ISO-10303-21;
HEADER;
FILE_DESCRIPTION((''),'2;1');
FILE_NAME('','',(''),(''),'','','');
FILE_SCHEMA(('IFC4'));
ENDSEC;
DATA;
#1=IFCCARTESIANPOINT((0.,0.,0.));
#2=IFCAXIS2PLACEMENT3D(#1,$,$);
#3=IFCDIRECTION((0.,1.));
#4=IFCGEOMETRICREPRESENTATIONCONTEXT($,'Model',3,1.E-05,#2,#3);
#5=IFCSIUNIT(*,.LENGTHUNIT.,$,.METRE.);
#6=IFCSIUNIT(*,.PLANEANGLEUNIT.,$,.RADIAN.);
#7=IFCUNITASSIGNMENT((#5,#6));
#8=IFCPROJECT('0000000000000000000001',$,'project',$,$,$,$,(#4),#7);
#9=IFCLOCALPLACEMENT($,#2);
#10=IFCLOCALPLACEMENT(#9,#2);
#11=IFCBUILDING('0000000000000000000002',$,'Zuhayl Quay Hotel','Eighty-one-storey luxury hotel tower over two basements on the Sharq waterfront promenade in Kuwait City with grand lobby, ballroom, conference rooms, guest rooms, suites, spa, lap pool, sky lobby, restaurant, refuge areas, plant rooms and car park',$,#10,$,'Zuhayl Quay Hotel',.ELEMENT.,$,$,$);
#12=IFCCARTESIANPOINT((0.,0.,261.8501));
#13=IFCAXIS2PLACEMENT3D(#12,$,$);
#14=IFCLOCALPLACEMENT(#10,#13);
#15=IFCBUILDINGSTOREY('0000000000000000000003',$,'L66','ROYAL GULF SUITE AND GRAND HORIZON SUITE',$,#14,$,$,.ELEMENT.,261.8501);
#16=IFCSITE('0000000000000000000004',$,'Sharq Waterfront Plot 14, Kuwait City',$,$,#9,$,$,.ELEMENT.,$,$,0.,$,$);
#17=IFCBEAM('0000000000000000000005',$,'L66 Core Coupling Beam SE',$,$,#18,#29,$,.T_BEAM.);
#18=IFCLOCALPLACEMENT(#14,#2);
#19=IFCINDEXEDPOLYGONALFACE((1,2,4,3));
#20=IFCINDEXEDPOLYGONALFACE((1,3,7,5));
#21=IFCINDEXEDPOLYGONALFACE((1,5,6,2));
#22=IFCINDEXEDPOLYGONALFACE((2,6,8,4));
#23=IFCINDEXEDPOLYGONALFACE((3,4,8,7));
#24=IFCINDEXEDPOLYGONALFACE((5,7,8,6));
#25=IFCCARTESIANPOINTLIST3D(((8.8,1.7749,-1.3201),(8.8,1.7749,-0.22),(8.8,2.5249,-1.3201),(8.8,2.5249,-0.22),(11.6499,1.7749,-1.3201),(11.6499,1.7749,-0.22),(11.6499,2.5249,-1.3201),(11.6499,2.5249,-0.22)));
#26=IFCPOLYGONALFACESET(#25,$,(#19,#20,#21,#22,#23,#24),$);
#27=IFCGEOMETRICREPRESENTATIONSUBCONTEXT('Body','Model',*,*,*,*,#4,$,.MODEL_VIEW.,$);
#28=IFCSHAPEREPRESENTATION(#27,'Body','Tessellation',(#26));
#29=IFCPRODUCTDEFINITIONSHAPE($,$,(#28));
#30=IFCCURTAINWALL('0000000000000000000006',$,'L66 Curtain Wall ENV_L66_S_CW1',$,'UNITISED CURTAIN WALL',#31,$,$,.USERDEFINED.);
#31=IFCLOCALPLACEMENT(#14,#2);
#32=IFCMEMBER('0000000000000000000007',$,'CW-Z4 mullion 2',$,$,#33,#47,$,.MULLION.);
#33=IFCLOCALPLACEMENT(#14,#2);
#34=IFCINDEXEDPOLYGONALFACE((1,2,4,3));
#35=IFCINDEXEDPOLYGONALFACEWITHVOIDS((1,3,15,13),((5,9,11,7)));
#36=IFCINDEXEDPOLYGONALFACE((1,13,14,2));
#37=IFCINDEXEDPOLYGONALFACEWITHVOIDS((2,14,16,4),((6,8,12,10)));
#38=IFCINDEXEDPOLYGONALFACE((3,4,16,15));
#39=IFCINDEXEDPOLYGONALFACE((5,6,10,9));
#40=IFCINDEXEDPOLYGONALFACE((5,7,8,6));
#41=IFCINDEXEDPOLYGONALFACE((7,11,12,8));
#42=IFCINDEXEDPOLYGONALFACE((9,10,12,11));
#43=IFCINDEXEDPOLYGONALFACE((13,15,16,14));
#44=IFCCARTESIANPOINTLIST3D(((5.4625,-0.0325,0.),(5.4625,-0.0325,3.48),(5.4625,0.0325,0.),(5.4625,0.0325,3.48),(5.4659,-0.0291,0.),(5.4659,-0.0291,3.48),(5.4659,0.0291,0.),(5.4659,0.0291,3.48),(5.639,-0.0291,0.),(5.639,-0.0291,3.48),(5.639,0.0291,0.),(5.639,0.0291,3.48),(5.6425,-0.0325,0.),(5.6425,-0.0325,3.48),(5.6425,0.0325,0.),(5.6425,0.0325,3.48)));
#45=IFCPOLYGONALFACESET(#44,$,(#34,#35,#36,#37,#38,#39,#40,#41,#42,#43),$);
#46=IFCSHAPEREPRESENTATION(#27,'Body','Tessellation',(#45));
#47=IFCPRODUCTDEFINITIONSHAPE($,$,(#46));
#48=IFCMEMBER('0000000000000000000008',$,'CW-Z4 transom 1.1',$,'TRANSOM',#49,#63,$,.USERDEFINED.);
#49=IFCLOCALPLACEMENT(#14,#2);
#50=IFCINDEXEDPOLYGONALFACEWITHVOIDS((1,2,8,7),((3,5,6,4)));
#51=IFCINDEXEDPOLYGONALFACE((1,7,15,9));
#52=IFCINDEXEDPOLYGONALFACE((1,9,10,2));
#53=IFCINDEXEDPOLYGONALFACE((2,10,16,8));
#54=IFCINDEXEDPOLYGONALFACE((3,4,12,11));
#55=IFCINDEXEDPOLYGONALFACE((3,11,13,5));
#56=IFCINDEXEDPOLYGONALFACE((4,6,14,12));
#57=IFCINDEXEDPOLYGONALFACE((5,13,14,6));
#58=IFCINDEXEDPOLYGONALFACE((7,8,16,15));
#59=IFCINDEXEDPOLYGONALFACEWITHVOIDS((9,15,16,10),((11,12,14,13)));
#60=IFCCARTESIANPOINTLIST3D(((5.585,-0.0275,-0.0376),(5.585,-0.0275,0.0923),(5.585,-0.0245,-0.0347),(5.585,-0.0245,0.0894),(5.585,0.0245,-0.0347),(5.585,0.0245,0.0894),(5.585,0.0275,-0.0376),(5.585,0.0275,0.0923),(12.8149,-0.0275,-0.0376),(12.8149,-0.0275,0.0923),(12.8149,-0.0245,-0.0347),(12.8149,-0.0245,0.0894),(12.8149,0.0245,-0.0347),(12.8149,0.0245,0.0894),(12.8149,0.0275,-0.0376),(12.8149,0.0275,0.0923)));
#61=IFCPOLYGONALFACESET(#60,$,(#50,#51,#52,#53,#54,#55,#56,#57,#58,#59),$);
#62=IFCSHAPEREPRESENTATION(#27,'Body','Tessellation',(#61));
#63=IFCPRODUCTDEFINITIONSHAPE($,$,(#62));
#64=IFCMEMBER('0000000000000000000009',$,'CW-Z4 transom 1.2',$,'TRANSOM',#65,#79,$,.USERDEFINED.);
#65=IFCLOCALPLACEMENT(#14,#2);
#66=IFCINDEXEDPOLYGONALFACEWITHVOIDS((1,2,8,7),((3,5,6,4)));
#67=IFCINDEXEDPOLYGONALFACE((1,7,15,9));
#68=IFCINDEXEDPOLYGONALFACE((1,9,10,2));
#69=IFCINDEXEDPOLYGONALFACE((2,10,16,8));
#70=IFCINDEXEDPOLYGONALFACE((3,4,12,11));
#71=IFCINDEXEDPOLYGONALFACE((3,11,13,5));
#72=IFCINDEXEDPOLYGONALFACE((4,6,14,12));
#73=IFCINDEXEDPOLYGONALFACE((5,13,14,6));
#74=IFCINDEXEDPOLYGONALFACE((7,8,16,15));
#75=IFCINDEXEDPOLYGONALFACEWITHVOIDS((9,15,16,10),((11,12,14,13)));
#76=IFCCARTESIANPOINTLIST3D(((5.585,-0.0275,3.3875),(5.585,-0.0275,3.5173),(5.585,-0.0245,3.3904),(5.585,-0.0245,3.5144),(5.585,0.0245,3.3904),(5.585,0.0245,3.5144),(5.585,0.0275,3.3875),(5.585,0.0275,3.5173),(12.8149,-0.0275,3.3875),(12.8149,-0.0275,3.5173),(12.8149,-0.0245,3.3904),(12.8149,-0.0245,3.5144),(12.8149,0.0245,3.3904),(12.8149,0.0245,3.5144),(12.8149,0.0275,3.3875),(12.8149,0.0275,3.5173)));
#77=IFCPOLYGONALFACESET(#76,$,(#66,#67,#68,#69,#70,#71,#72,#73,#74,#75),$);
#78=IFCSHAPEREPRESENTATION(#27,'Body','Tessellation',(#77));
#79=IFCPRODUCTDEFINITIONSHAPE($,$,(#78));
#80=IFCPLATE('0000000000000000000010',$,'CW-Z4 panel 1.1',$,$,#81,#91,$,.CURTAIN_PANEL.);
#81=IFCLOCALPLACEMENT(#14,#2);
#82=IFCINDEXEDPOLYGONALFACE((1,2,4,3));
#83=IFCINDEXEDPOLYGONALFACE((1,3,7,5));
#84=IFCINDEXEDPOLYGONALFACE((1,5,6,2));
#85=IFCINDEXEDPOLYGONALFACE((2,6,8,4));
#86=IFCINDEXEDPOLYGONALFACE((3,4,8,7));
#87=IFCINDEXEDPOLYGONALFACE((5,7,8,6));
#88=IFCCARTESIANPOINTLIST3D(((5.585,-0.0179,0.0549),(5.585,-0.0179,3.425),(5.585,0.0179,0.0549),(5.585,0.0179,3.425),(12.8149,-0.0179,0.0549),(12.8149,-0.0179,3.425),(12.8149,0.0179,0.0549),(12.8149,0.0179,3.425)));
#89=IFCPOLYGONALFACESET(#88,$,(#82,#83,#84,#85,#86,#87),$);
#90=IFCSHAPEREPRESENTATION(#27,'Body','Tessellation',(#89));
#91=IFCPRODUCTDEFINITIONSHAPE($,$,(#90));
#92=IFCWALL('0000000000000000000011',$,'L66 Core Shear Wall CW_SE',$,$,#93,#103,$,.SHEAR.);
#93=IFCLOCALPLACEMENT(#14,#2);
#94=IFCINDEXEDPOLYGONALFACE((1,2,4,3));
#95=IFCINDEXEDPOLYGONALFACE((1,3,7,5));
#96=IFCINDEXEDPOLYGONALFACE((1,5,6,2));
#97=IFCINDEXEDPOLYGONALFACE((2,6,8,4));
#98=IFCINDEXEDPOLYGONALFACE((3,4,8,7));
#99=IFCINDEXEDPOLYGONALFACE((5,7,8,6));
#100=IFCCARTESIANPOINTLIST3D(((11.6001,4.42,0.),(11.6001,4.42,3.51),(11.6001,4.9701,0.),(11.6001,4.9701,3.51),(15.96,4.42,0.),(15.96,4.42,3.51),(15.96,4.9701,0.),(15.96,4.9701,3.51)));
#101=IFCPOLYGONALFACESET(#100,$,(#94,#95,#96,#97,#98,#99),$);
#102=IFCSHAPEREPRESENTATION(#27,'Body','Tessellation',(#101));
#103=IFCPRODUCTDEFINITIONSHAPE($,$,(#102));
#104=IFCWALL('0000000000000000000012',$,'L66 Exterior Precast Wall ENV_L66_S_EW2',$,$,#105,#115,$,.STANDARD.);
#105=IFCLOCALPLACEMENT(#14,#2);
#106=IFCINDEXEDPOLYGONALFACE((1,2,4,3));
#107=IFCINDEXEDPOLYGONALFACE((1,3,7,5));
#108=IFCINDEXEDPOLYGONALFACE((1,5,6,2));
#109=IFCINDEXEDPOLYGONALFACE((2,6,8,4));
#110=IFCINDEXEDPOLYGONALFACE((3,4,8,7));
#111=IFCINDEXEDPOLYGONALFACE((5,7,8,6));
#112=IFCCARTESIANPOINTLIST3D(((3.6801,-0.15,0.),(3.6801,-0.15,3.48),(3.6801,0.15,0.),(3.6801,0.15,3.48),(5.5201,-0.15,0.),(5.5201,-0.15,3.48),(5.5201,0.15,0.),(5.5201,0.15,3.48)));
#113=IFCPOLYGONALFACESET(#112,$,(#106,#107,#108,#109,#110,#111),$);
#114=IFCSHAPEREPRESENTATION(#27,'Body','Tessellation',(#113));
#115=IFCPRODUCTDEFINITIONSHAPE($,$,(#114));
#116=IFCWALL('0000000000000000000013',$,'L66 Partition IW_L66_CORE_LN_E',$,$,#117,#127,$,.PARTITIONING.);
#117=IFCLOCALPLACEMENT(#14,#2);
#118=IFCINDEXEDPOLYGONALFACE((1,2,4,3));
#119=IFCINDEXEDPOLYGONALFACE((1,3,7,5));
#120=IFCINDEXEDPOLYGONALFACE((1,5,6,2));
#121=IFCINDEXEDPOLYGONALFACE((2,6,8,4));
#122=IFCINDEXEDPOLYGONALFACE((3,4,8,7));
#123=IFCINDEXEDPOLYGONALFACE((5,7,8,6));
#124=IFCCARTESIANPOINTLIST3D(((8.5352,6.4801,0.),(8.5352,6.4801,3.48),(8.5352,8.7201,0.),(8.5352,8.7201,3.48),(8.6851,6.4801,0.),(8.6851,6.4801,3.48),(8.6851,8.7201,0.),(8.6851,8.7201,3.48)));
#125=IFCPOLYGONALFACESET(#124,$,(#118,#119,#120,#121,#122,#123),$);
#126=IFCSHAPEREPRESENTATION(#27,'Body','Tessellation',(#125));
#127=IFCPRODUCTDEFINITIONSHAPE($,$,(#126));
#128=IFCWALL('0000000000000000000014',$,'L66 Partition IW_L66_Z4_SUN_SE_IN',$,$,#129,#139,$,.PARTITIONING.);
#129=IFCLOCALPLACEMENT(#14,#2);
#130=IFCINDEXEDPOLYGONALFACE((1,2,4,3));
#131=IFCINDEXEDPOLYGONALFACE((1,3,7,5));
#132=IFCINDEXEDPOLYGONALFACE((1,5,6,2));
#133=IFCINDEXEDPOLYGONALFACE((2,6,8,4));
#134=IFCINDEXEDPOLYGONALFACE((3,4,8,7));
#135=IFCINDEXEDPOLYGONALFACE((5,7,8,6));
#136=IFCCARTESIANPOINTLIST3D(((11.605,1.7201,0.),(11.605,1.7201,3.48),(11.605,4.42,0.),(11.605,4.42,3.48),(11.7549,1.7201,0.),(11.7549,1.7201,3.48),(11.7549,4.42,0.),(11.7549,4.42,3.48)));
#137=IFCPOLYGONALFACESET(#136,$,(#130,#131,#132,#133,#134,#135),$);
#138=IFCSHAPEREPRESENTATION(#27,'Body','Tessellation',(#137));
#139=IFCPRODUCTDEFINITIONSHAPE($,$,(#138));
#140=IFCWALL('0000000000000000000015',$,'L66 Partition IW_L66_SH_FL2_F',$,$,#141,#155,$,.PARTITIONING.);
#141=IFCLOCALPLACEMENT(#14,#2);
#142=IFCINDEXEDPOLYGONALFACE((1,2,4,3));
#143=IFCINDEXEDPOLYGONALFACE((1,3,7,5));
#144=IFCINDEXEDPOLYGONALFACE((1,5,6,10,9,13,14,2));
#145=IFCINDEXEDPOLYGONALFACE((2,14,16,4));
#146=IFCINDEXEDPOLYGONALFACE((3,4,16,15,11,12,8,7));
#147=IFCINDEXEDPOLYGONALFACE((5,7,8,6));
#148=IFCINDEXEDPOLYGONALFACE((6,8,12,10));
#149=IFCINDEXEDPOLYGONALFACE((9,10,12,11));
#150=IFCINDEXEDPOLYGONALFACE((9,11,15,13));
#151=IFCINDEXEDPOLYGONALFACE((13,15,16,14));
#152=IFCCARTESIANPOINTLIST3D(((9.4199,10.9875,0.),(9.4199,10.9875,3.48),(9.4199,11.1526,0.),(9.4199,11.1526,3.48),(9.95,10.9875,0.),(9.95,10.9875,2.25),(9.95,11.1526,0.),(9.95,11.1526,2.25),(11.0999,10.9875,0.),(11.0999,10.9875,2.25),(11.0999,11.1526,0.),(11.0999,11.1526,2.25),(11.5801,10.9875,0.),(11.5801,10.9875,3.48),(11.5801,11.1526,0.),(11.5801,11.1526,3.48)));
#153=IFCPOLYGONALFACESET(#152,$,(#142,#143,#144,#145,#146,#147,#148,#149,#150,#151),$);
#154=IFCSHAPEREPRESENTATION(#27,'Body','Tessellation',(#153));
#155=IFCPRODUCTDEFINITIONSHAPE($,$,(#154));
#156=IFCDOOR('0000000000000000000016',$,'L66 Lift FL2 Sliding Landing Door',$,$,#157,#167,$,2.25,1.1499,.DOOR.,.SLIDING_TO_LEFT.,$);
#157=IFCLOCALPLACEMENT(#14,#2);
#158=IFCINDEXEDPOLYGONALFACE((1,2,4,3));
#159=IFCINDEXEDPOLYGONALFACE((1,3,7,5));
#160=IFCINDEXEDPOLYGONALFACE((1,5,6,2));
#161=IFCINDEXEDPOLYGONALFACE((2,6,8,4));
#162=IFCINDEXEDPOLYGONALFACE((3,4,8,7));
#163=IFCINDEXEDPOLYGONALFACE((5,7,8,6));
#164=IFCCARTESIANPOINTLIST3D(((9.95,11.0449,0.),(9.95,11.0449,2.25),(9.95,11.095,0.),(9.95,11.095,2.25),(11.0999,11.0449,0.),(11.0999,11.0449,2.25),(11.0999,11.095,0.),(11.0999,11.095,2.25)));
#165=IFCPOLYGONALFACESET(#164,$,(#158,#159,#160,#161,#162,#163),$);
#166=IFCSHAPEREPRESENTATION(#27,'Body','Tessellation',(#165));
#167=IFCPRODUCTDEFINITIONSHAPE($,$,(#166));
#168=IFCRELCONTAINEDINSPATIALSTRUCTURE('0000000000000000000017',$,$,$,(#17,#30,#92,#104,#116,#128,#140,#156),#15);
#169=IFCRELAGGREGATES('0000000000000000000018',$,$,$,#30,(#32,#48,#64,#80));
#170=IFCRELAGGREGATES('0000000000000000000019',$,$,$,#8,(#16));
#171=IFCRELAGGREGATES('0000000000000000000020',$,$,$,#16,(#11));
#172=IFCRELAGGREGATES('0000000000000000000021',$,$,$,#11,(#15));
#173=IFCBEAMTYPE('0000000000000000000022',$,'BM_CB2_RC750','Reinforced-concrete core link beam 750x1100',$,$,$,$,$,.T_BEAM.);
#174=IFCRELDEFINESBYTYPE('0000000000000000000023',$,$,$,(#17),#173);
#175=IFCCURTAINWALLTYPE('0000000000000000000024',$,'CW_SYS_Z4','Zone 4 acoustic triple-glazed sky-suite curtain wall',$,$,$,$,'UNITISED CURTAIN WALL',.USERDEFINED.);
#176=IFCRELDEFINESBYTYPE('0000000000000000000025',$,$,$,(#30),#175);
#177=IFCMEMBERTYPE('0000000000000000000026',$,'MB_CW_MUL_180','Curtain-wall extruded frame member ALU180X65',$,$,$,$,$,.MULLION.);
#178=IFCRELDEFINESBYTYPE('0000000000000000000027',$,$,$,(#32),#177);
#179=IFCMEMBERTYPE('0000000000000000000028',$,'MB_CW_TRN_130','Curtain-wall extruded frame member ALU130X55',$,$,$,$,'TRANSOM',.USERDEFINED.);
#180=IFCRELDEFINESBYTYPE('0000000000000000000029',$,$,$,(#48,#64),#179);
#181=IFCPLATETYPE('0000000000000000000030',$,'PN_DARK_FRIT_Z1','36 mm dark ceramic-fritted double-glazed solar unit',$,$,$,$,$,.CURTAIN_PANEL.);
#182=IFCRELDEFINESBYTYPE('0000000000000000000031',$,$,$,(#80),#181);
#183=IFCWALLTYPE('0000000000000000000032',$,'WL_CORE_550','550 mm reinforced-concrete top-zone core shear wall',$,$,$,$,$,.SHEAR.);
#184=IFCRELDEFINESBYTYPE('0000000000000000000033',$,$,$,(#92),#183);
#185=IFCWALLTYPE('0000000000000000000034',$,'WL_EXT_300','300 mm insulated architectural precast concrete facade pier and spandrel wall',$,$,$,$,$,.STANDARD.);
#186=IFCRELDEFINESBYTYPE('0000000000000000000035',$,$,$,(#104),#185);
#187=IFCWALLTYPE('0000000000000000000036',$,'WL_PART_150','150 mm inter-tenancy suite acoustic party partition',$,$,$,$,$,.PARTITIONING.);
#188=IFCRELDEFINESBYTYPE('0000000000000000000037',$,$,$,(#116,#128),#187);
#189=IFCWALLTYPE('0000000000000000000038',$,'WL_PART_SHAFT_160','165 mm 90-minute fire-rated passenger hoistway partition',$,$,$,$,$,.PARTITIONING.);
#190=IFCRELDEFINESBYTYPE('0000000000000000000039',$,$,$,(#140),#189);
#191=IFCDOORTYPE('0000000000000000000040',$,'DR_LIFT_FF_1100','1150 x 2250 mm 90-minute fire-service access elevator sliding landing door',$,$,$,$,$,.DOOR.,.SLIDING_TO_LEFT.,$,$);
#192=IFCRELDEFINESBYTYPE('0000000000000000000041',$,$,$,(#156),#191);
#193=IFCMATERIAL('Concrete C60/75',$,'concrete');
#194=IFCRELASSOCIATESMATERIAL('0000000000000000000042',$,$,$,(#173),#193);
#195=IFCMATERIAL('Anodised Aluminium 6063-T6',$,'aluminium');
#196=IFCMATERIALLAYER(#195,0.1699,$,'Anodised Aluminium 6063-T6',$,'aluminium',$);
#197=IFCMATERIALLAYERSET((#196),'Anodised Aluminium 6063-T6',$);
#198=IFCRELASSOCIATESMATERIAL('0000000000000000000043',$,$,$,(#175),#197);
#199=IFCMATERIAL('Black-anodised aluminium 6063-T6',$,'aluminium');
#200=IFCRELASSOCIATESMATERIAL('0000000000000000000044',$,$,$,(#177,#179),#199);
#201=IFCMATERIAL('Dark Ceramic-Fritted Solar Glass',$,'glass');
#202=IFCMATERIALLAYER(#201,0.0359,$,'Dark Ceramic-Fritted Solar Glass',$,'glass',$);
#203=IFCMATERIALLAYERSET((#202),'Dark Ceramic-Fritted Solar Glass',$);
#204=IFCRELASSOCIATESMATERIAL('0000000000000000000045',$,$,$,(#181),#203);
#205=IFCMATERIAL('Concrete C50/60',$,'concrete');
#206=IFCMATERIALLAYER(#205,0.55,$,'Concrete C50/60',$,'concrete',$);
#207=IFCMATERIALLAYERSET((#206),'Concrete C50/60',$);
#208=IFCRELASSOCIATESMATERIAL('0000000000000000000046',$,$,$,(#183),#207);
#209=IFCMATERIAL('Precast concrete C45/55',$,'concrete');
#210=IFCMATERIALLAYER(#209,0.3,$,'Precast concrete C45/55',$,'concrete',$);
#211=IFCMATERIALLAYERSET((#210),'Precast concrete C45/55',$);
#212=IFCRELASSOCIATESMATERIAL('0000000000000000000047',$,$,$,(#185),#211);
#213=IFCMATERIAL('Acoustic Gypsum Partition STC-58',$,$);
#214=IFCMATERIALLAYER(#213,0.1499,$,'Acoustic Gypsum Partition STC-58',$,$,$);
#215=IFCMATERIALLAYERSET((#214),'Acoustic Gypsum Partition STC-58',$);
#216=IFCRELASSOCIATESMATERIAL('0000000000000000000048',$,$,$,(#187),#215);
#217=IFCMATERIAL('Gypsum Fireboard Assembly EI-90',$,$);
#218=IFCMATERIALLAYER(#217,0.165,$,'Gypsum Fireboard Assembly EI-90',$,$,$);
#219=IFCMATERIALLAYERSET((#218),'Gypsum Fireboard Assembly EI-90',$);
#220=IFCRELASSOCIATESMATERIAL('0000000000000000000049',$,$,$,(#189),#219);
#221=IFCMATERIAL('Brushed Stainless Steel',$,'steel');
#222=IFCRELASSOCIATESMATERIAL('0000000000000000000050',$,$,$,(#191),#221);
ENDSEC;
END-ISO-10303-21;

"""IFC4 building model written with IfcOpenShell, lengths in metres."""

from ifc_helpers import new_model, si_unit, direction, frame, frame_2d, origin, origin_2d, place, context, subcontext, project, spatial, rectangle, hollow_rectangle, extrude, material, layer, layer_set, material_profile, profile_set, type_object, element, fill, aggregate, save


model = new_model("IFC4")

# Units and contexts
model_context = context("Model", 3, precision=1e-05, world=origin(), true_north=direction((0.0, 1.0)))
body_context = subcontext(model_context, "Body", "Model", "MODEL_VIEW")
ifc_project = project(units=[si_unit("LENGTHUNIT", "METRE"), si_unit("PLANEANGLEUNIT", "RADIAN")], contexts=[model_context])

# Site, building, storey
site_placement = place(None, origin())
site = spatial("IfcSite", under=ifc_project, at=site_placement, Name="Sharq Waterfront Plot 14, Kuwait City", CompositionType="ELEMENT", RefElevation=0.0)
building_placement = place(site_placement, origin())
building = spatial("IfcBuilding", under=site, at=building_placement, Name="Zuhayl Quay Hotel", Description="Eighty-one-storey luxury hotel tower over two basements on the Sharq waterfront promenade in Kuwait City with grand lobby, ballroom, conference rooms, guest rooms, suites, spa, lap pool, sky lobby, restaurant, refuge areas, plant rooms and car park", LongName="Zuhayl Quay Hotel", CompositionType="ELEMENT")
storey_placement = place(building_placement, frame((0.0, 0.0, 261.8501)))
storey = spatial("IfcBuildingStorey", under=building, at=storey_placement, Name="L66", Description="ROYAL GULF SUITE AND GRAND HORIZON SUITE", CompositionType="ELEMENT", Elevation=261.8501)

# Beam
ifc_material_1 = material(Name="Concrete C60/75", Category="concrete")
ifc_material_profile_1 = material_profile(ifc_material_1, rectangle(XDim=0.75, YDim=1.1001, at=origin_2d()), Name="RC750X1100")
ifc_profile_set_1 = profile_set([ifc_material_profile_1], Name="Concrete C60/75")
beam_type = type_object("IfcBeamType", Name="BM_CB2_RC750", Description="Reinforced-concrete core link beam 750x1100", PredefinedType="T_BEAM", material=ifc_profile_set_1)
beam_placement = place(storey_placement, frame((8.8, 2.1499, -0.77), z_axis=(1.0, 0.0, 0.0), x_axis=(0.0, 1.0, 0.0)))
element("IfcBeam", 1, at=beam_placement, inside=storey, type_object=beam_type, Name="L66 Core Coupling Beam SE", PredefinedType="T_BEAM", context=body_context, shape_type="SweptSolid", body=[
    extrude(rectangle(XDim=0.75, YDim=1.1001, at=origin_2d()), origin(), (0.0, 0.0, 1.0), 2.8499),
])

# Curtain wall, members, plate
ifc_material_2 = material(Name="Anodised Aluminium 6063-T6", Category="aluminium")
ifc_layer_1 = layer(ifc_material_2, 0.1699, Name="Anodised Aluminium 6063-T6", Category="aluminium")
ifc_layer_set_1 = layer_set([ifc_layer_1], Name="Anodised Aluminium 6063-T6")
curtain_wall_type = type_object("IfcCurtainWallType", Name="CW_SYS_Z4", Description="Zone 4 acoustic triple-glazed sky-suite curtain wall", ElementType="UNITISED CURTAIN WALL", PredefinedType="USERDEFINED", material=ifc_layer_set_1)
curtain_wall_placement = place(storey_placement, origin())
curtain_wall = element("IfcCurtainWall", 2, at=curtain_wall_placement, inside=storey, type_object=curtain_wall_type, Name="L66 Curtain Wall ENV_L66_S_CW1", ObjectType="UNITISED CURTAIN WALL", PredefinedType="USERDEFINED")
ifc_material_3 = material(Name="Black-anodised aluminium 6063-T6", Category="aluminium")
ifc_material_profile_2 = material_profile(ifc_material_3, hollow_rectangle(XDim=0.0649, YDim=0.1799, WallThickness=0.0034, at=origin_2d()), Name="ALU180X65")
ifc_profile_set_2 = profile_set([ifc_material_profile_2], Name="Black-anodised aluminium 6063-T6")
member_type_1 = type_object("IfcMemberType", Name="MB_CW_MUL_180", Description="Curtain-wall extruded frame member ALU180X65", PredefinedType="MULLION", material=ifc_profile_set_2)
member_1_placement = place(storey_placement, frame((5.5525, 0.0, 0.0), z_axis=(0.0, 0.0, 1.0), x_axis=(0.0, -1.0, 0.0)))
member_1 = element("IfcMember", 3, at=member_1_placement, type_object=member_type_1, Name="CW-Z4 mullion 2", PredefinedType="MULLION", context=body_context, shape_type="SweptSolid", body=[
    extrude(hollow_rectangle(XDim=0.0649, YDim=0.1799, WallThickness=0.0034, at=origin_2d()), origin(), (0.0, 0.0, 1.0), 3.48),
])
ifc_material_profile_3 = material_profile(ifc_material_3, hollow_rectangle(XDim=0.0549, YDim=0.1299, WallThickness=0.0029, at=origin_2d()), Name="ALU130X55")
ifc_profile_set_3 = profile_set([ifc_material_profile_3], Name="Black-anodised aluminium 6063-T6")
member_type_2 = type_object("IfcMemberType", Name="MB_CW_TRN_130", Description="Curtain-wall extruded frame member ALU130X55", ElementType="TRANSOM", PredefinedType="USERDEFINED", material=ifc_profile_set_3)
member_2_placement = place(storey_placement, frame((12.8149, 0.0, 0.0273), z_axis=(-1.0, 0.0, 0.0), x_axis=(0.0, -1.0, 0.0)))
member_2 = element("IfcMember", 4, at=member_2_placement, type_object=member_type_2, Name="CW-Z4 transom 1.1", ObjectType="TRANSOM", PredefinedType="USERDEFINED", context=body_context, shape_type="SweptSolid", body=[
    extrude(hollow_rectangle(XDim=0.0549, YDim=0.1299, WallThickness=0.0029, at=origin_2d()), origin(), (0.0, 0.0, 1.0), 7.23),
])
member_3_placement = place(storey_placement, frame((12.8149, 0.0, 3.4524), z_axis=(-1.0, 0.0, 0.0), x_axis=(0.0, -1.0, 0.0)))
member_3 = element("IfcMember", 5, at=member_3_placement, type_object=member_type_2, Name="CW-Z4 transom 1.2", ObjectType="TRANSOM", PredefinedType="USERDEFINED", context=body_context, shape_type="SweptSolid", body=[
    extrude(hollow_rectangle(XDim=0.0549, YDim=0.1299, WallThickness=0.0029, at=origin_2d()), origin(), (0.0, 0.0, 1.0), 7.23),
])
ifc_material_4 = material(Name="Dark Ceramic-Fritted Solar Glass", Category="glass")
ifc_layer_2 = layer(ifc_material_4, 0.0359, Name="Dark Ceramic-Fritted Solar Glass", Category="glass")
ifc_layer_set_2 = layer_set([ifc_layer_2], Name="Dark Ceramic-Fritted Solar Glass")
plate_type = type_object("IfcPlateType", Name="PN_DARK_FRIT_Z1", Description="36 mm dark ceramic-fritted double-glazed solar unit", PredefinedType="CURTAIN_PANEL", material=ifc_layer_set_2)
plate_placement = place(storey_placement, frame((9.2, 0.0, 0.0549), z_axis=(0.0, 0.0, 1.0), x_axis=(-1.0, 0.0, 0.0)))
plate = element("IfcPlate", 6, at=plate_placement, type_object=plate_type, Name="CW-Z4 panel 1.1", PredefinedType="CURTAIN_PANEL", context=body_context, shape_type="SweptSolid", body=[
    extrude(rectangle(XDim=7.23, YDim=0.0359, at=origin_2d()), origin(), (0.0, 0.0, 1.0), 3.3701),
])
aggregate(curtain_wall, [member_1, member_2, member_3, plate])

# Walls
ifc_material_5 = material(Name="Concrete C50/60", Category="concrete")
ifc_layer_3 = layer(ifc_material_5, 0.55, Name="Concrete C50/60", Category="concrete")
ifc_layer_set_3 = layer_set([ifc_layer_3], Name="Concrete C50/60")
wall_type_1 = type_object("IfcWallType", Name="WL_CORE_550", Description="550 mm reinforced-concrete top-zone core shear wall", PredefinedType="SHEAR", material=ifc_layer_set_3)
wall_1_placement = place(storey_placement, frame((11.6001, 4.6951, 0.0), z_axis=(0.0, 0.0, 1.0), x_axis=(1.0, 0.0, 0.0)))
element("IfcWall", 7, at=wall_1_placement, inside=storey, type_object=wall_type_1, Name="L66 Core Shear Wall CW_SE", PredefinedType="SHEAR", context=body_context, shape_type="SweptSolid", body=[
    extrude(rectangle(XDim=4.3599, YDim=0.55, at=frame_2d((2.1799, 0.0))), origin(), (0.0, 0.0, 1.0), 3.51),
])
ifc_material_6 = material(Name="Precast concrete C45/55", Category="concrete")
ifc_layer_4 = layer(ifc_material_6, 0.3, Name="Precast concrete C45/55", Category="concrete")
ifc_layer_set_4 = layer_set([ifc_layer_4], Name="Precast concrete C45/55")
wall_type_2 = type_object("IfcWallType", Name="WL_EXT_300", Description="300 mm insulated architectural precast concrete facade pier and spandrel wall", PredefinedType="STANDARD", material=ifc_layer_set_4)
wall_2_placement = place(storey_placement, frame((5.52, 0.0, 0.0), z_axis=(0.0, 0.0, 1.0), x_axis=(-1.0, 0.0, 0.0)))
element("IfcWall", 8, at=wall_2_placement, inside=storey, type_object=wall_type_2, Name="L66 Exterior Precast Wall ENV_L66_S_EW2", PredefinedType="STANDARD", context=body_context, shape_type="SweptSolid", body=[
    extrude(rectangle(XDim=1.8401, YDim=0.3, at=frame_2d((0.9199, 0.0))), origin(), (0.0, 0.0, 1.0), 3.48),
])
ifc_material_7 = material(Name="Acoustic Gypsum Partition STC-58")
ifc_layer_5 = layer(ifc_material_7, 0.1499, Name="Acoustic Gypsum Partition STC-58")
ifc_layer_set_5 = layer_set([ifc_layer_5], Name="Acoustic Gypsum Partition STC-58")
wall_type_3 = type_object("IfcWallType", Name="WL_PART_150", Description="150 mm inter-tenancy suite acoustic party partition", PredefinedType="PARTITIONING", material=ifc_layer_set_5)
wall_3_placement = place(storey_placement, frame((8.6101, 6.48, 0.0), z_axis=(0.0, 0.0, 1.0), x_axis=(0.0, 1.0, 0.0)))
element("IfcWall", 9, at=wall_3_placement, inside=storey, type_object=wall_type_3, Name="L66 Partition IW_L66_CORE_LN_E", PredefinedType="PARTITIONING", context=body_context, shape_type="SweptSolid", body=[
    extrude(rectangle(XDim=2.24, YDim=0.1499, at=frame_2d((1.1201, 0.0))), origin(), (0.0, 0.0, 1.0), 3.48),
])
wall_4_placement = place(storey_placement, frame((11.6799, 1.72, 0.0), z_axis=(0.0, 0.0, 1.0), x_axis=(0.0, 1.0, 0.0)))
element("IfcWall", 10, at=wall_4_placement, inside=storey, type_object=wall_type_3, Name="L66 Partition IW_L66_Z4_SUN_SE_IN", PredefinedType="PARTITIONING", context=body_context, shape_type="SweptSolid", body=[
    extrude(rectangle(XDim=2.7, YDim=0.1499, at=frame_2d((1.3501, 0.0))), origin(), (0.0, 0.0, 1.0), 3.48),
])

# Wall, opening, door
ifc_material_8 = material(Name="Gypsum Fireboard Assembly EI-90")
ifc_layer_6 = layer(ifc_material_8, 0.165, Name="Gypsum Fireboard Assembly EI-90")
ifc_layer_set_6 = layer_set([ifc_layer_6], Name="Gypsum Fireboard Assembly EI-90")
wall_type_4 = type_object("IfcWallType", Name="WL_PART_SHAFT_160", Description="165 mm 90-minute fire-rated passenger hoistway partition", PredefinedType="PARTITIONING", material=ifc_layer_set_6)
wall_5_placement = place(storey_placement, frame((9.4199, 11.0701, 0.0), z_axis=(0.0, 0.0, 1.0), x_axis=(1.0, 0.0, 0.0)))
wall_5 = element("IfcWall", 11, at=wall_5_placement, inside=storey, type_object=wall_type_4, Name="L66 Partition IW_L66_SH_FL2_F", PredefinedType="PARTITIONING", context=body_context, shape_type="SweptSolid", body=[
    extrude(rectangle(XDim=2.1602, YDim=0.165, at=frame_2d((1.0801, 0.0))), origin(), (0.0, 0.0, 1.0), 3.48),
])
opening_1_placement = place(wall_5_placement, frame((0.53, 0.0, 0.0)))
opening_1 = element("IfcOpeningElement", 12, at=opening_1_placement, cuts=wall_5, PredefinedType="OPENING", context=body_context, shape_type="SweptSolid", body=[
    extrude(rectangle(XDim=1.1499, YDim=2.25, at=frame_2d((0.575, 1.125))), frame((0.0, 0.0925, 0.0), z_axis=(0.0, -1.0, 0.0), x_axis=(1.0, 0.0, 0.0)), (0.0, 0.0, 1.0), 0.1851),
])
ifc_material_9 = material(Name="Brushed Stainless Steel", Category="steel")
door_type_1 = type_object("IfcDoorType", Name="DR_LIFT_FF_1100", Description="1150 x 2250 mm 90-minute fire-service access elevator sliding landing door", OperationType="SLIDING_TO_LEFT", PredefinedType="DOOR", material=ifc_material_9)
door_1_placement = place(opening_1_placement, origin())
door_1 = element("IfcDoor", 13, at=door_1_placement, inside=storey, type_object=door_type_1, Name="L66 Lift FL2 Sliding Landing Door", OperationType="SLIDING_TO_LEFT", OverallHeight=2.25, OverallWidth=1.1499, PredefinedType="DOOR", context=body_context, shape_type="SweptSolid", body=[
    extrude(rectangle(XDim=1.1499, YDim=2.25, at=frame_2d((0.575, 1.125))), frame((0.0, 0.0249, 0.0), z_axis=(0.0, -1.0, 0.0), x_axis=(1.0, 0.0, 0.0)), (0.0, 0.0, 1.0), 0.05),
])
fill(opening_1, door_1)

save(model, "model.ifc")
